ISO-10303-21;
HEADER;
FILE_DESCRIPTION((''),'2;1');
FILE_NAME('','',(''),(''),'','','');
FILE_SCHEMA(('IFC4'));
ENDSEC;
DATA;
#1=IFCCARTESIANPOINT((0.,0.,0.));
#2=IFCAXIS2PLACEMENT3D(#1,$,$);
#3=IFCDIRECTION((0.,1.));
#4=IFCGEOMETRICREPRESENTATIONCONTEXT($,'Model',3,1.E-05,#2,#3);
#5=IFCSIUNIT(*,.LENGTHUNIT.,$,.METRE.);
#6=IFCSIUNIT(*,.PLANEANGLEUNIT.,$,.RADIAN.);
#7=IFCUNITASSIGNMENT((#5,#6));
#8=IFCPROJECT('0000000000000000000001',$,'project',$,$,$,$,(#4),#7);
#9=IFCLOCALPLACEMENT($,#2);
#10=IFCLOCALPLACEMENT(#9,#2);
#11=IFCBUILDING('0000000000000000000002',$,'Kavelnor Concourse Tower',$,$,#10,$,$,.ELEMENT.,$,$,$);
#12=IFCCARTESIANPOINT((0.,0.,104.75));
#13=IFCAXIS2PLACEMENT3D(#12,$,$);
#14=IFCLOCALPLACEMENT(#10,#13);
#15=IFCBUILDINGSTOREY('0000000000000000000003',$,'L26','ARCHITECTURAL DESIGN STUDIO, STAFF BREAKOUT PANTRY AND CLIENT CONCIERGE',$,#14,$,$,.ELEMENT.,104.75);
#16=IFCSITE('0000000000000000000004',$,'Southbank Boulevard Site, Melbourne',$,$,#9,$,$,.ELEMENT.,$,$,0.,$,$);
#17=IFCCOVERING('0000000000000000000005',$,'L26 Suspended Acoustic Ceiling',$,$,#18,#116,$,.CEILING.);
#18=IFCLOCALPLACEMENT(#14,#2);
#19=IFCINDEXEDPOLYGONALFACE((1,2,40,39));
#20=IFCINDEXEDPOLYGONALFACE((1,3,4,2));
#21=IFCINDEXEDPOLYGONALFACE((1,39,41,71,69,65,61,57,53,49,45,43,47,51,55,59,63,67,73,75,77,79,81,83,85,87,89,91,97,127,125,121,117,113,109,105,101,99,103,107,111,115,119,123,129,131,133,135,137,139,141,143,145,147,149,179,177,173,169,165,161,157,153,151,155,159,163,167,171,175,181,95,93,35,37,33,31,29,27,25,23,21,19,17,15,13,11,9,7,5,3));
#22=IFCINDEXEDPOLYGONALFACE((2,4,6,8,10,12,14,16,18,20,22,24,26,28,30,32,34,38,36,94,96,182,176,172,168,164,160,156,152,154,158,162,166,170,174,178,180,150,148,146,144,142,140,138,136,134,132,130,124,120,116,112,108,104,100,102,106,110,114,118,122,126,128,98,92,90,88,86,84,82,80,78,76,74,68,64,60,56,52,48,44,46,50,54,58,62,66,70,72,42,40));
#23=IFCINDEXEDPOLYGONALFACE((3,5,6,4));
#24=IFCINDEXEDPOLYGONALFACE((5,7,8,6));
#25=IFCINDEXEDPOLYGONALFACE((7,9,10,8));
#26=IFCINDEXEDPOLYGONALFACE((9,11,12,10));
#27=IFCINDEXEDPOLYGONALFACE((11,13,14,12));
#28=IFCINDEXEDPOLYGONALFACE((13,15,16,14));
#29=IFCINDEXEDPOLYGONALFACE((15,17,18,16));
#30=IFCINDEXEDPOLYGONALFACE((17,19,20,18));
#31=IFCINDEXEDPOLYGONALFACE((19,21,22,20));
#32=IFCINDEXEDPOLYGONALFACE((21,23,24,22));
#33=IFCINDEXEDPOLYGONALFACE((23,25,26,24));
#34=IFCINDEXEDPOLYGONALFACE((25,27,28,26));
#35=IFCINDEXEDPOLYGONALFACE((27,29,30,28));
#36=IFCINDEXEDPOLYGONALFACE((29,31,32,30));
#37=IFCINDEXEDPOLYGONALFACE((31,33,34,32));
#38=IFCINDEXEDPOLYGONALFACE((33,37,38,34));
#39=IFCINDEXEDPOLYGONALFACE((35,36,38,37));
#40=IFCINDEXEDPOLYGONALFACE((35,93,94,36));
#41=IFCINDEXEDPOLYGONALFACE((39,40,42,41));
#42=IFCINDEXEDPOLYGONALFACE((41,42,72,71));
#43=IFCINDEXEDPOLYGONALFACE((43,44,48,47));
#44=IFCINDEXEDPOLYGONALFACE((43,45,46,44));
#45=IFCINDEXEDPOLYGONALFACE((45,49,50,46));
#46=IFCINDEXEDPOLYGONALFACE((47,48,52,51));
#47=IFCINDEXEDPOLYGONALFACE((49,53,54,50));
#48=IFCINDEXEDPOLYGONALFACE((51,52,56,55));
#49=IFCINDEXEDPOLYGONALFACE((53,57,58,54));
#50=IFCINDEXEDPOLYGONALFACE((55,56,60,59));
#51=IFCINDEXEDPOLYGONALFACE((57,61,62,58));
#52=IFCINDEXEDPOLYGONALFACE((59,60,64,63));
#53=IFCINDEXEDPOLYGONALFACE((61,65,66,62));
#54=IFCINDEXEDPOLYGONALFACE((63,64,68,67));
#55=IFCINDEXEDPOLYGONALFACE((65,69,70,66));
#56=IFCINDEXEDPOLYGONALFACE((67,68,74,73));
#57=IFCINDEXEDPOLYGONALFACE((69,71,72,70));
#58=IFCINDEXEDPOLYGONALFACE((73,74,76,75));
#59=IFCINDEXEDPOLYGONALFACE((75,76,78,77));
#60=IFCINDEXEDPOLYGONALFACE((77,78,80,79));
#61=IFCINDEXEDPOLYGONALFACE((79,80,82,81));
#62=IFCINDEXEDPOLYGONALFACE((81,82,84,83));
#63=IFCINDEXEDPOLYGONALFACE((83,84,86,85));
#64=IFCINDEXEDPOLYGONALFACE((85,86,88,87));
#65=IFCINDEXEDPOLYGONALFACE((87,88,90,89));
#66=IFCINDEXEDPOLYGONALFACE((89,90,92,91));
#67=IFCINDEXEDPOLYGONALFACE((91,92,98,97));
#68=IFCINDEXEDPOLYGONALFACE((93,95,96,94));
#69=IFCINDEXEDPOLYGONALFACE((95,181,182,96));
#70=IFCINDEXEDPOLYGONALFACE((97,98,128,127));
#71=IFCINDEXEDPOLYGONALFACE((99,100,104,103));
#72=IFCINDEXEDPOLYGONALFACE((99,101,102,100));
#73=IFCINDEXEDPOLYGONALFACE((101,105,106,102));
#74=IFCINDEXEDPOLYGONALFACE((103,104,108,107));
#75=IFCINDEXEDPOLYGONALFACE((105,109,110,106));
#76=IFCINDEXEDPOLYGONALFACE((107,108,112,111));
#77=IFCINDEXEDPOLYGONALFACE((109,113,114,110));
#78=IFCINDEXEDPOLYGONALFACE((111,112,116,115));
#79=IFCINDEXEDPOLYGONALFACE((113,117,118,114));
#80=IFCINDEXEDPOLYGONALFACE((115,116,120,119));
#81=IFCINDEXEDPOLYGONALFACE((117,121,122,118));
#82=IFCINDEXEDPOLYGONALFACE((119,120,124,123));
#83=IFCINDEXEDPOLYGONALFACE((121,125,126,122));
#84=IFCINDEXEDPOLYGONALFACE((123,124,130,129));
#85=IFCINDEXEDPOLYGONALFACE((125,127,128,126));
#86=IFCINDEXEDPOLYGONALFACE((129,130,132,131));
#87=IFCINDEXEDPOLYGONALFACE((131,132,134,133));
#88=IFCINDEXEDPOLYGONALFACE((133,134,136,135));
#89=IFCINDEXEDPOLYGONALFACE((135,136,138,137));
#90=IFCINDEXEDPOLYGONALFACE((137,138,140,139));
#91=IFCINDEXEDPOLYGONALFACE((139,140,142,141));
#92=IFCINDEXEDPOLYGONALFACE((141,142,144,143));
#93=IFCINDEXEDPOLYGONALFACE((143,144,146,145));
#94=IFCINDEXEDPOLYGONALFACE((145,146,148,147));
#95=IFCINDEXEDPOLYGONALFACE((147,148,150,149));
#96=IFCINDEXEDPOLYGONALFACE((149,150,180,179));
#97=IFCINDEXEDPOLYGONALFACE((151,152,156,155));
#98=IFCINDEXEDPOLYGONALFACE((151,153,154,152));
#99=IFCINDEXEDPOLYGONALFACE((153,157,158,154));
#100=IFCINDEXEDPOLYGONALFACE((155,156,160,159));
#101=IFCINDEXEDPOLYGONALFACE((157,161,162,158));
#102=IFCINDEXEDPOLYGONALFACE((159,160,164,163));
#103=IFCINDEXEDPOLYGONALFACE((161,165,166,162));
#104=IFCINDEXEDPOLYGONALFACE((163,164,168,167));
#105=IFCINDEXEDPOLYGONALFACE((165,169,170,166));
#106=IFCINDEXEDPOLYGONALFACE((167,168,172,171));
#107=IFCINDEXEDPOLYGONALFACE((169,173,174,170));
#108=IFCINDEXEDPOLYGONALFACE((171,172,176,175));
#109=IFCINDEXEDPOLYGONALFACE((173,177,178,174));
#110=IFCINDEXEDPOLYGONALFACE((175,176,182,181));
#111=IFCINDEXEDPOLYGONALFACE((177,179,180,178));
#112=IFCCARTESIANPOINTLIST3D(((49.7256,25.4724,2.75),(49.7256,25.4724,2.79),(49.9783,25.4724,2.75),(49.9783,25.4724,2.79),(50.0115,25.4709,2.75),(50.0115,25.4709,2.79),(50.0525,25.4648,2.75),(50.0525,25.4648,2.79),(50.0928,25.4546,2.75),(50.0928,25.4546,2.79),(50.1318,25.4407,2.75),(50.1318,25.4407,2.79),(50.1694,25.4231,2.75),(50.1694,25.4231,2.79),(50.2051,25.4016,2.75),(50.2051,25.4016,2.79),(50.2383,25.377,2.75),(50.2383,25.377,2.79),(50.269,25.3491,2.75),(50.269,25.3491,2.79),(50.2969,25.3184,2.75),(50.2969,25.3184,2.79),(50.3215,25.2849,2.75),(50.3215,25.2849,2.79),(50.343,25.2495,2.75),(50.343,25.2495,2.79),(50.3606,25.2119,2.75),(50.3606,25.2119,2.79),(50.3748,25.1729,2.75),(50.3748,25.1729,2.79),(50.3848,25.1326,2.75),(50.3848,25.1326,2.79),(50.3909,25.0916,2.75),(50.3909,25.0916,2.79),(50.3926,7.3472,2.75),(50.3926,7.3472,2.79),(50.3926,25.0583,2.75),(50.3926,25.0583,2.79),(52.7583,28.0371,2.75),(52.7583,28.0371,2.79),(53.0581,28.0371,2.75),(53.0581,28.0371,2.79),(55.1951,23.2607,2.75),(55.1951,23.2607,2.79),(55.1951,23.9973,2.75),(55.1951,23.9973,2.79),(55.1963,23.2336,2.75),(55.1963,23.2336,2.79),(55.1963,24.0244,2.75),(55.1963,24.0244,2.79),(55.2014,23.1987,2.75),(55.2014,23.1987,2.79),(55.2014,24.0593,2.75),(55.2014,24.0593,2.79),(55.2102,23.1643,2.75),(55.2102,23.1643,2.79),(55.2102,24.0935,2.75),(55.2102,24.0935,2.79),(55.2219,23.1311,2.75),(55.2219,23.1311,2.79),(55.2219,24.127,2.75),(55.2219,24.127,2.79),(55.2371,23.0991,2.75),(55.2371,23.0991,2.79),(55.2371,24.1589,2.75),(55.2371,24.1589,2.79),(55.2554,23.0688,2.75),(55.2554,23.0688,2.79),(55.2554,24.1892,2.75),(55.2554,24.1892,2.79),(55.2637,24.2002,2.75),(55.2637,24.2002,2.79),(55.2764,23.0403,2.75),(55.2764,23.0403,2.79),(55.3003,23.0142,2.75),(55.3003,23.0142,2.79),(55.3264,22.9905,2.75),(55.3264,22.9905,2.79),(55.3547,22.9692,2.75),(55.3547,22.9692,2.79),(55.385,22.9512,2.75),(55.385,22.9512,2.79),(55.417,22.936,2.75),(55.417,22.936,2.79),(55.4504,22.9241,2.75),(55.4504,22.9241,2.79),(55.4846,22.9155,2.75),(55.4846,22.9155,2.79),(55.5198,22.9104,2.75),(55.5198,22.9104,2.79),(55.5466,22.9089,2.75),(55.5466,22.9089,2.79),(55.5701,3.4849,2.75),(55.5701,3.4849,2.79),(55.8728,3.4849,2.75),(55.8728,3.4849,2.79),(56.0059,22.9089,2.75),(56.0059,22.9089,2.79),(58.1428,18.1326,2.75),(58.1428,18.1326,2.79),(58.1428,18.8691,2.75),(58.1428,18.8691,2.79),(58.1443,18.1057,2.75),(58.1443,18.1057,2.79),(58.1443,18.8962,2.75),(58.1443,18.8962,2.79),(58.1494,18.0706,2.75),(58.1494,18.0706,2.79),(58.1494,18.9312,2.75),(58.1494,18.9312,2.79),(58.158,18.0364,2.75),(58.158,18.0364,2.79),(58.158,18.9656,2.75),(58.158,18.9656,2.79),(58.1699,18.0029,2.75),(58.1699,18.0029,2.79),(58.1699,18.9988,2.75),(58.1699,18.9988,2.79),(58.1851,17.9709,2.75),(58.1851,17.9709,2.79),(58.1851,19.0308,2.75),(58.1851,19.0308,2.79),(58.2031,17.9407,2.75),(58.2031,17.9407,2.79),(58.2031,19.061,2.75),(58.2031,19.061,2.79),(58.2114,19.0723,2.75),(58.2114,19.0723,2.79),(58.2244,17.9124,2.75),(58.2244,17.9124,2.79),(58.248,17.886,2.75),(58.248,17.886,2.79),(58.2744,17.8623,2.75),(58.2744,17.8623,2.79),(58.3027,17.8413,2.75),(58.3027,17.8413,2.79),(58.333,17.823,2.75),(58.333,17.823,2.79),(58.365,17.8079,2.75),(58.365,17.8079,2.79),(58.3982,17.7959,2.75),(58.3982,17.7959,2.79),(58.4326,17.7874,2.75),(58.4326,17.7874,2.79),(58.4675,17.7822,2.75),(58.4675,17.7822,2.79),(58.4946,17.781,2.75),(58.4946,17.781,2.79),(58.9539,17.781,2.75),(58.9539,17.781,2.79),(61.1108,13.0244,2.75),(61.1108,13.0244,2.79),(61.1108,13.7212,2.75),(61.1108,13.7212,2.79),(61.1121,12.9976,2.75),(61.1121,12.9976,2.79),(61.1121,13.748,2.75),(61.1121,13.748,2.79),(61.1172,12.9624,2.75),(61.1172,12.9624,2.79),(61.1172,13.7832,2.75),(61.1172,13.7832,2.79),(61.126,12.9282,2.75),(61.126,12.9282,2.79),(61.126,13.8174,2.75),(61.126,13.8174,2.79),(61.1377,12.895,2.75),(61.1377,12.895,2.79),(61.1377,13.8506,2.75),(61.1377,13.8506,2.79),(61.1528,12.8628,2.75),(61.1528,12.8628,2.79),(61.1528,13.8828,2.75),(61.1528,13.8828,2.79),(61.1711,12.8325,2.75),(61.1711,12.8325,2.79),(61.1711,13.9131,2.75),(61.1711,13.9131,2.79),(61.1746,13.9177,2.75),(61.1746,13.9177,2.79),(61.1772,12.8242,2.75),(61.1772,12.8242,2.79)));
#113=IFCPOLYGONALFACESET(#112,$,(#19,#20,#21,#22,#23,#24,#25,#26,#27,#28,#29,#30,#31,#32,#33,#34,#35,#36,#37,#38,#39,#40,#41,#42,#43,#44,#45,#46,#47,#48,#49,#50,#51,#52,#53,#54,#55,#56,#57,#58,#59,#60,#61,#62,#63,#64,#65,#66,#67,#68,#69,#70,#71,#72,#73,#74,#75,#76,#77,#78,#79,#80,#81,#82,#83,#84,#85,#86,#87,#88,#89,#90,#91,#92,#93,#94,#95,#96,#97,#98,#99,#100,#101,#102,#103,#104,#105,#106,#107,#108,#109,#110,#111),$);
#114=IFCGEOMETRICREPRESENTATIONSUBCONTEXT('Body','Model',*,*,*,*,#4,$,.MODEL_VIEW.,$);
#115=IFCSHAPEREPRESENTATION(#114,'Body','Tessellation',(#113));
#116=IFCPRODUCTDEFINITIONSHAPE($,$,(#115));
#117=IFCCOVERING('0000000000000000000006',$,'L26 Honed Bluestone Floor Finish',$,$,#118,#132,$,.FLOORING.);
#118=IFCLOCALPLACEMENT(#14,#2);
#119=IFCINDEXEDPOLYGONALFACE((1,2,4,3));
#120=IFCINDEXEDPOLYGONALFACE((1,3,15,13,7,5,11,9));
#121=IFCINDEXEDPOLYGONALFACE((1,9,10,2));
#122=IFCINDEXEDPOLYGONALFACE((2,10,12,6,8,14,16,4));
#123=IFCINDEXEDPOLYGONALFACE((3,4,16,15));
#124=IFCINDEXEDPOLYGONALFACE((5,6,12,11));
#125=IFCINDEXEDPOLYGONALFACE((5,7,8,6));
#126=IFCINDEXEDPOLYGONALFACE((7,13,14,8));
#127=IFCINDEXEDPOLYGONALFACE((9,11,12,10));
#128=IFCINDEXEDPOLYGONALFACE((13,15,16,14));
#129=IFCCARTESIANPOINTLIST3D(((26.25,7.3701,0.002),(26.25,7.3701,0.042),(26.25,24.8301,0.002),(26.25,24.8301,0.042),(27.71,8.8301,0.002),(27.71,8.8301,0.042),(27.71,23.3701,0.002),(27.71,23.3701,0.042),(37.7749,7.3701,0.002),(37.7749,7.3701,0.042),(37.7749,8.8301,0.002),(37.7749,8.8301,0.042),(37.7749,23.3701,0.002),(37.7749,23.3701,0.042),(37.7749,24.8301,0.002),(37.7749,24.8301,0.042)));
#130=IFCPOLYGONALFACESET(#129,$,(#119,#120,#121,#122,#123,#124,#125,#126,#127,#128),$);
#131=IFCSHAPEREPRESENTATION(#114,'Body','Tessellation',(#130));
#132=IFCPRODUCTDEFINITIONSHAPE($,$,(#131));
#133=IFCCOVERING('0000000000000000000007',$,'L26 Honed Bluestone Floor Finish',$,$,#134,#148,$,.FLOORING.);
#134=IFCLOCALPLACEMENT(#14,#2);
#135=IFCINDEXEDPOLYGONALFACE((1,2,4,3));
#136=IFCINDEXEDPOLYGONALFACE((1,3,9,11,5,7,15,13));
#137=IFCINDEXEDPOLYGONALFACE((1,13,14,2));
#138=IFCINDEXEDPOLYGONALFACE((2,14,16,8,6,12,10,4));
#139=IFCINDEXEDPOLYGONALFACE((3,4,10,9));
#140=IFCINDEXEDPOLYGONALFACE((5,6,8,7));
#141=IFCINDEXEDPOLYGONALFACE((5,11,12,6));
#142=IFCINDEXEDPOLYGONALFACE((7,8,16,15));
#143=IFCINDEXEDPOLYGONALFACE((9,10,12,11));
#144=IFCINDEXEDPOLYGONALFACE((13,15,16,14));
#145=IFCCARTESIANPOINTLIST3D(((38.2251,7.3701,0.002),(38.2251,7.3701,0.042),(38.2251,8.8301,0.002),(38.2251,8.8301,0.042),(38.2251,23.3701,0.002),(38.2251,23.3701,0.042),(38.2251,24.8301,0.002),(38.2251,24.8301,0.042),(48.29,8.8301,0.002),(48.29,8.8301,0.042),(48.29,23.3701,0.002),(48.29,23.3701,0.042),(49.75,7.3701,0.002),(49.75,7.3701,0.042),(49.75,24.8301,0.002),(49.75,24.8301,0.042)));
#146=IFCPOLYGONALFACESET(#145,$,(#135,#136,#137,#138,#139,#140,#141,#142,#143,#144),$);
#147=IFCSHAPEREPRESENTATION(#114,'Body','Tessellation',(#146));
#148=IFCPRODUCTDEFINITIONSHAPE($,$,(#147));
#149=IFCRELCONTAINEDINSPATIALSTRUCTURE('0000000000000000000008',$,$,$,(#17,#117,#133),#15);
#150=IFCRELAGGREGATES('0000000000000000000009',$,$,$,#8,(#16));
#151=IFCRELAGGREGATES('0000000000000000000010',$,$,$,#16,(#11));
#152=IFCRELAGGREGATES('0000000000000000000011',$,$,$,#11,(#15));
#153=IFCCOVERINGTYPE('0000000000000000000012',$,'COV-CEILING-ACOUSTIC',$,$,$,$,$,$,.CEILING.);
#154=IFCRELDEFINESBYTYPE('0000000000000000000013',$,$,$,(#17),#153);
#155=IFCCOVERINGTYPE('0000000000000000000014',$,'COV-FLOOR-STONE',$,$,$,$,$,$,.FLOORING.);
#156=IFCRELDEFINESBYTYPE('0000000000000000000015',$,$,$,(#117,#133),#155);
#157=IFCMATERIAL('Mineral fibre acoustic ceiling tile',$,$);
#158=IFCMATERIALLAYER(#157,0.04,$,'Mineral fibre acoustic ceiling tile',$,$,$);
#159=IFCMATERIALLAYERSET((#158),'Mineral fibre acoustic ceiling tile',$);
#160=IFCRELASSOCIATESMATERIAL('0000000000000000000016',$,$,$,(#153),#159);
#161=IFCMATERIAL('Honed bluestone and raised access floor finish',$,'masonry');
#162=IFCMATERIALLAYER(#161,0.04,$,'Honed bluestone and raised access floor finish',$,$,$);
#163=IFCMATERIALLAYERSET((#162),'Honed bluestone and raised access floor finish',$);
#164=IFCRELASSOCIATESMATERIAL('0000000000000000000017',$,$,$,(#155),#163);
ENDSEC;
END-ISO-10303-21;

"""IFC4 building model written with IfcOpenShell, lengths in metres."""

from ifc_helpers import new_model, si_unit, direction, frame, origin, place, context, subcontext, project, spatial, polyline, outline, extrude, material, layer, layer_set, type_object, element, save


model = new_model("IFC4")

# Units and contexts
model_context = context("Model", 3, precision=1e-05, world=origin(), true_north=direction((0.0, 1.0)))
body_context = subcontext(model_context, "Body", "Model", "MODEL_VIEW")
ifc_project = project(units=[si_unit("LENGTHUNIT", "METRE"), si_unit("PLANEANGLEUNIT", "RADIAN")], contexts=[model_context])

# Site, building, storey
site_placement = place(None, origin())
site = spatial("IfcSite", under=ifc_project, at=site_placement, Name="Southbank Boulevard Site, Melbourne", CompositionType="ELEMENT", RefElevation=0.0)
building_placement = place(site_placement, origin())
building = spatial("IfcBuilding", under=site, at=building_placement, Name="Kavelnor Concourse Tower", CompositionType="ELEMENT")
storey_placement = place(building_placement, frame((0.0, 0.0, 104.75)))
storey = spatial("IfcBuildingStorey", under=building, at=storey_placement, Name="L26", Description="ARCHITECTURAL DESIGN STUDIO, STAFF BREAKOUT PANTRY AND CLIENT CONCIERGE", CompositionType="ELEMENT", Elevation=104.75)

# Coverings
ifc_material_1 = material(Name="Mineral fibre acoustic ceiling tile")
ifc_layer_1 = layer(ifc_material_1, 0.04, Name="Mineral fibre acoustic ceiling tile")
ifc_layer_set_1 = layer_set([ifc_layer_1], Name="Mineral fibre acoustic ceiling tile")
covering_type_1 = type_object("IfcCoveringType", Name="COV-CEILING-ACOUSTIC", PredefinedType="CEILING", material=ifc_layer_set_1)
covering_1_placement = place(storey_placement, frame((0.0, 0.0, 2.75)))
element("IfcCovering", 1, at=covering_1_placement, inside=storey, type_object=covering_type_1, Name="L26 Suspended Acoustic Ceiling", PredefinedType="CEILING", context=body_context, shape_type="SweptSolid", body=[
    extrude(outline(polyline([(50.3926, 25.0583), (50.3909, 25.0916), (50.3848, 25.1326), (50.3748, 25.1729), (50.3606, 25.2119), (50.343, 25.2495), (50.3215, 25.2849), (50.2969, 25.3184), (50.269, 25.3491), (50.2383, 25.377), (50.2051, 25.4016), (50.1694, 25.4231), (50.1318, 25.4407), (50.0928, 25.4546), (50.0525, 25.4648), (50.0115, 25.4709), (49.9783, 25.4724), (49.7256, 25.4724), (52.7583, 28.0371), (53.0581, 28.0371), (55.2637, 24.2002), (55.2554, 24.1892), (55.2371, 24.1589), (55.2219, 24.127), (55.2102, 24.0935), (55.2014, 24.0593), (55.1963, 24.0244), (55.1951, 23.9973), (55.1951, 23.2607), (55.1963, 23.2336), (55.2014, 23.1987), (55.2102, 23.1643), (55.2219, 23.1311), (55.2371, 23.0991), (55.2554, 23.0688), (55.2764, 23.0403), (55.3003, 23.0142), (55.3264, 22.9905), (55.3547, 22.9692), (55.385, 22.9512), (55.417, 22.936), (55.4504, 22.9241), (55.4846, 22.9155), (55.5198, 22.9104), (55.5466, 22.9089), (56.0059, 22.9089), (58.2114, 19.0723), (58.2031, 19.061), (58.1851, 19.0308), (58.1699, 18.9988), (58.158, 18.9656), (58.1494, 18.9312), (58.1443, 18.8962), (58.1428, 18.8691), (58.1428, 18.1326), (58.1443, 18.1057), (58.1494, 18.0706), (58.158, 18.0364), (58.1699, 18.0029), (58.1851, 17.9709), (58.2031, 17.9407), (58.2244, 17.9124), (58.248, 17.886), (58.2744, 17.8623), (58.3027, 17.8413), (58.333, 17.823), (58.365, 17.8079), (58.3982, 17.7959), (58.4326, 17.7874), (58.4675, 17.7822), (58.4946, 17.781), (58.9539, 17.781), (61.1746, 13.9177), (61.1711, 13.9131), (61.1528, 13.8828), (61.1377, 13.8506), (61.126, 13.8174), (61.1172, 13.7832), (61.1121, 13.748), (61.1108, 13.7212), (61.1108, 13.0244), (61.1121, 12.9976), (61.1172, 12.9624), (61.126, 12.9282), (61.1377, 12.895), (61.1528, 12.8628), (61.1711, 12.8325), (61.1772, 12.8242), (55.8728, 3.4849), (55.5701, 3.4849), (50.3926, 7.3472), (50.3926, 25.0583)])), origin(), (0.0, 0.0, 1.0), 0.04),
])
ifc_material_2 = material(Name="Honed bluestone and raised access floor finish", Category="masonry")
ifc_layer_2 = layer(ifc_material_2, 0.04, Name="Honed bluestone and raised access floor finish")
ifc_layer_set_2 = layer_set([ifc_layer_2], Name="Honed bluestone and raised access floor finish")
covering_type_2 = type_object("IfcCoveringType", Name="COV-FLOOR-STONE", PredefinedType="FLOORING", material=ifc_layer_set_2)
covering_2_placement = place(storey_placement, frame((0.0, 0.0, 0.002)))
element("IfcCovering", 2, at=covering_2_placement, inside=storey, type_object=covering_type_2, Name="L26 Honed Bluestone Floor Finish", PredefinedType="FLOORING", context=body_context, shape_type="SweptSolid", body=[
    extrude(outline(polyline([(26.25, 7.3701), (26.25, 24.8301), (37.7749, 24.8301), (37.7749, 23.3701), (27.71, 23.3701), (27.71, 8.8301), (37.7749, 8.8301), (37.7749, 7.3701), (26.25, 7.3701)])), origin(), (0.0, 0.0, 1.0), 0.04),
])
covering_3_placement = place(storey_placement, frame((0.0, 0.0, 0.002)))
element("IfcCovering", 3, at=covering_3_placement, inside=storey, type_object=covering_type_2, Name="L26 Honed Bluestone Floor Finish", PredefinedType="FLOORING", context=body_context, shape_type="SweptSolid", body=[
    extrude(outline(polyline([(49.75, 7.3701), (38.2251, 7.3701), (38.2251, 8.8301), (48.29, 8.8301), (48.29, 23.3701), (38.2251, 23.3701), (38.2251, 24.8301), (49.75, 24.8301), (49.75, 7.3701)])), origin(), (0.0, 0.0, 1.0), 0.04),
])

save(model, "model.ifc")
